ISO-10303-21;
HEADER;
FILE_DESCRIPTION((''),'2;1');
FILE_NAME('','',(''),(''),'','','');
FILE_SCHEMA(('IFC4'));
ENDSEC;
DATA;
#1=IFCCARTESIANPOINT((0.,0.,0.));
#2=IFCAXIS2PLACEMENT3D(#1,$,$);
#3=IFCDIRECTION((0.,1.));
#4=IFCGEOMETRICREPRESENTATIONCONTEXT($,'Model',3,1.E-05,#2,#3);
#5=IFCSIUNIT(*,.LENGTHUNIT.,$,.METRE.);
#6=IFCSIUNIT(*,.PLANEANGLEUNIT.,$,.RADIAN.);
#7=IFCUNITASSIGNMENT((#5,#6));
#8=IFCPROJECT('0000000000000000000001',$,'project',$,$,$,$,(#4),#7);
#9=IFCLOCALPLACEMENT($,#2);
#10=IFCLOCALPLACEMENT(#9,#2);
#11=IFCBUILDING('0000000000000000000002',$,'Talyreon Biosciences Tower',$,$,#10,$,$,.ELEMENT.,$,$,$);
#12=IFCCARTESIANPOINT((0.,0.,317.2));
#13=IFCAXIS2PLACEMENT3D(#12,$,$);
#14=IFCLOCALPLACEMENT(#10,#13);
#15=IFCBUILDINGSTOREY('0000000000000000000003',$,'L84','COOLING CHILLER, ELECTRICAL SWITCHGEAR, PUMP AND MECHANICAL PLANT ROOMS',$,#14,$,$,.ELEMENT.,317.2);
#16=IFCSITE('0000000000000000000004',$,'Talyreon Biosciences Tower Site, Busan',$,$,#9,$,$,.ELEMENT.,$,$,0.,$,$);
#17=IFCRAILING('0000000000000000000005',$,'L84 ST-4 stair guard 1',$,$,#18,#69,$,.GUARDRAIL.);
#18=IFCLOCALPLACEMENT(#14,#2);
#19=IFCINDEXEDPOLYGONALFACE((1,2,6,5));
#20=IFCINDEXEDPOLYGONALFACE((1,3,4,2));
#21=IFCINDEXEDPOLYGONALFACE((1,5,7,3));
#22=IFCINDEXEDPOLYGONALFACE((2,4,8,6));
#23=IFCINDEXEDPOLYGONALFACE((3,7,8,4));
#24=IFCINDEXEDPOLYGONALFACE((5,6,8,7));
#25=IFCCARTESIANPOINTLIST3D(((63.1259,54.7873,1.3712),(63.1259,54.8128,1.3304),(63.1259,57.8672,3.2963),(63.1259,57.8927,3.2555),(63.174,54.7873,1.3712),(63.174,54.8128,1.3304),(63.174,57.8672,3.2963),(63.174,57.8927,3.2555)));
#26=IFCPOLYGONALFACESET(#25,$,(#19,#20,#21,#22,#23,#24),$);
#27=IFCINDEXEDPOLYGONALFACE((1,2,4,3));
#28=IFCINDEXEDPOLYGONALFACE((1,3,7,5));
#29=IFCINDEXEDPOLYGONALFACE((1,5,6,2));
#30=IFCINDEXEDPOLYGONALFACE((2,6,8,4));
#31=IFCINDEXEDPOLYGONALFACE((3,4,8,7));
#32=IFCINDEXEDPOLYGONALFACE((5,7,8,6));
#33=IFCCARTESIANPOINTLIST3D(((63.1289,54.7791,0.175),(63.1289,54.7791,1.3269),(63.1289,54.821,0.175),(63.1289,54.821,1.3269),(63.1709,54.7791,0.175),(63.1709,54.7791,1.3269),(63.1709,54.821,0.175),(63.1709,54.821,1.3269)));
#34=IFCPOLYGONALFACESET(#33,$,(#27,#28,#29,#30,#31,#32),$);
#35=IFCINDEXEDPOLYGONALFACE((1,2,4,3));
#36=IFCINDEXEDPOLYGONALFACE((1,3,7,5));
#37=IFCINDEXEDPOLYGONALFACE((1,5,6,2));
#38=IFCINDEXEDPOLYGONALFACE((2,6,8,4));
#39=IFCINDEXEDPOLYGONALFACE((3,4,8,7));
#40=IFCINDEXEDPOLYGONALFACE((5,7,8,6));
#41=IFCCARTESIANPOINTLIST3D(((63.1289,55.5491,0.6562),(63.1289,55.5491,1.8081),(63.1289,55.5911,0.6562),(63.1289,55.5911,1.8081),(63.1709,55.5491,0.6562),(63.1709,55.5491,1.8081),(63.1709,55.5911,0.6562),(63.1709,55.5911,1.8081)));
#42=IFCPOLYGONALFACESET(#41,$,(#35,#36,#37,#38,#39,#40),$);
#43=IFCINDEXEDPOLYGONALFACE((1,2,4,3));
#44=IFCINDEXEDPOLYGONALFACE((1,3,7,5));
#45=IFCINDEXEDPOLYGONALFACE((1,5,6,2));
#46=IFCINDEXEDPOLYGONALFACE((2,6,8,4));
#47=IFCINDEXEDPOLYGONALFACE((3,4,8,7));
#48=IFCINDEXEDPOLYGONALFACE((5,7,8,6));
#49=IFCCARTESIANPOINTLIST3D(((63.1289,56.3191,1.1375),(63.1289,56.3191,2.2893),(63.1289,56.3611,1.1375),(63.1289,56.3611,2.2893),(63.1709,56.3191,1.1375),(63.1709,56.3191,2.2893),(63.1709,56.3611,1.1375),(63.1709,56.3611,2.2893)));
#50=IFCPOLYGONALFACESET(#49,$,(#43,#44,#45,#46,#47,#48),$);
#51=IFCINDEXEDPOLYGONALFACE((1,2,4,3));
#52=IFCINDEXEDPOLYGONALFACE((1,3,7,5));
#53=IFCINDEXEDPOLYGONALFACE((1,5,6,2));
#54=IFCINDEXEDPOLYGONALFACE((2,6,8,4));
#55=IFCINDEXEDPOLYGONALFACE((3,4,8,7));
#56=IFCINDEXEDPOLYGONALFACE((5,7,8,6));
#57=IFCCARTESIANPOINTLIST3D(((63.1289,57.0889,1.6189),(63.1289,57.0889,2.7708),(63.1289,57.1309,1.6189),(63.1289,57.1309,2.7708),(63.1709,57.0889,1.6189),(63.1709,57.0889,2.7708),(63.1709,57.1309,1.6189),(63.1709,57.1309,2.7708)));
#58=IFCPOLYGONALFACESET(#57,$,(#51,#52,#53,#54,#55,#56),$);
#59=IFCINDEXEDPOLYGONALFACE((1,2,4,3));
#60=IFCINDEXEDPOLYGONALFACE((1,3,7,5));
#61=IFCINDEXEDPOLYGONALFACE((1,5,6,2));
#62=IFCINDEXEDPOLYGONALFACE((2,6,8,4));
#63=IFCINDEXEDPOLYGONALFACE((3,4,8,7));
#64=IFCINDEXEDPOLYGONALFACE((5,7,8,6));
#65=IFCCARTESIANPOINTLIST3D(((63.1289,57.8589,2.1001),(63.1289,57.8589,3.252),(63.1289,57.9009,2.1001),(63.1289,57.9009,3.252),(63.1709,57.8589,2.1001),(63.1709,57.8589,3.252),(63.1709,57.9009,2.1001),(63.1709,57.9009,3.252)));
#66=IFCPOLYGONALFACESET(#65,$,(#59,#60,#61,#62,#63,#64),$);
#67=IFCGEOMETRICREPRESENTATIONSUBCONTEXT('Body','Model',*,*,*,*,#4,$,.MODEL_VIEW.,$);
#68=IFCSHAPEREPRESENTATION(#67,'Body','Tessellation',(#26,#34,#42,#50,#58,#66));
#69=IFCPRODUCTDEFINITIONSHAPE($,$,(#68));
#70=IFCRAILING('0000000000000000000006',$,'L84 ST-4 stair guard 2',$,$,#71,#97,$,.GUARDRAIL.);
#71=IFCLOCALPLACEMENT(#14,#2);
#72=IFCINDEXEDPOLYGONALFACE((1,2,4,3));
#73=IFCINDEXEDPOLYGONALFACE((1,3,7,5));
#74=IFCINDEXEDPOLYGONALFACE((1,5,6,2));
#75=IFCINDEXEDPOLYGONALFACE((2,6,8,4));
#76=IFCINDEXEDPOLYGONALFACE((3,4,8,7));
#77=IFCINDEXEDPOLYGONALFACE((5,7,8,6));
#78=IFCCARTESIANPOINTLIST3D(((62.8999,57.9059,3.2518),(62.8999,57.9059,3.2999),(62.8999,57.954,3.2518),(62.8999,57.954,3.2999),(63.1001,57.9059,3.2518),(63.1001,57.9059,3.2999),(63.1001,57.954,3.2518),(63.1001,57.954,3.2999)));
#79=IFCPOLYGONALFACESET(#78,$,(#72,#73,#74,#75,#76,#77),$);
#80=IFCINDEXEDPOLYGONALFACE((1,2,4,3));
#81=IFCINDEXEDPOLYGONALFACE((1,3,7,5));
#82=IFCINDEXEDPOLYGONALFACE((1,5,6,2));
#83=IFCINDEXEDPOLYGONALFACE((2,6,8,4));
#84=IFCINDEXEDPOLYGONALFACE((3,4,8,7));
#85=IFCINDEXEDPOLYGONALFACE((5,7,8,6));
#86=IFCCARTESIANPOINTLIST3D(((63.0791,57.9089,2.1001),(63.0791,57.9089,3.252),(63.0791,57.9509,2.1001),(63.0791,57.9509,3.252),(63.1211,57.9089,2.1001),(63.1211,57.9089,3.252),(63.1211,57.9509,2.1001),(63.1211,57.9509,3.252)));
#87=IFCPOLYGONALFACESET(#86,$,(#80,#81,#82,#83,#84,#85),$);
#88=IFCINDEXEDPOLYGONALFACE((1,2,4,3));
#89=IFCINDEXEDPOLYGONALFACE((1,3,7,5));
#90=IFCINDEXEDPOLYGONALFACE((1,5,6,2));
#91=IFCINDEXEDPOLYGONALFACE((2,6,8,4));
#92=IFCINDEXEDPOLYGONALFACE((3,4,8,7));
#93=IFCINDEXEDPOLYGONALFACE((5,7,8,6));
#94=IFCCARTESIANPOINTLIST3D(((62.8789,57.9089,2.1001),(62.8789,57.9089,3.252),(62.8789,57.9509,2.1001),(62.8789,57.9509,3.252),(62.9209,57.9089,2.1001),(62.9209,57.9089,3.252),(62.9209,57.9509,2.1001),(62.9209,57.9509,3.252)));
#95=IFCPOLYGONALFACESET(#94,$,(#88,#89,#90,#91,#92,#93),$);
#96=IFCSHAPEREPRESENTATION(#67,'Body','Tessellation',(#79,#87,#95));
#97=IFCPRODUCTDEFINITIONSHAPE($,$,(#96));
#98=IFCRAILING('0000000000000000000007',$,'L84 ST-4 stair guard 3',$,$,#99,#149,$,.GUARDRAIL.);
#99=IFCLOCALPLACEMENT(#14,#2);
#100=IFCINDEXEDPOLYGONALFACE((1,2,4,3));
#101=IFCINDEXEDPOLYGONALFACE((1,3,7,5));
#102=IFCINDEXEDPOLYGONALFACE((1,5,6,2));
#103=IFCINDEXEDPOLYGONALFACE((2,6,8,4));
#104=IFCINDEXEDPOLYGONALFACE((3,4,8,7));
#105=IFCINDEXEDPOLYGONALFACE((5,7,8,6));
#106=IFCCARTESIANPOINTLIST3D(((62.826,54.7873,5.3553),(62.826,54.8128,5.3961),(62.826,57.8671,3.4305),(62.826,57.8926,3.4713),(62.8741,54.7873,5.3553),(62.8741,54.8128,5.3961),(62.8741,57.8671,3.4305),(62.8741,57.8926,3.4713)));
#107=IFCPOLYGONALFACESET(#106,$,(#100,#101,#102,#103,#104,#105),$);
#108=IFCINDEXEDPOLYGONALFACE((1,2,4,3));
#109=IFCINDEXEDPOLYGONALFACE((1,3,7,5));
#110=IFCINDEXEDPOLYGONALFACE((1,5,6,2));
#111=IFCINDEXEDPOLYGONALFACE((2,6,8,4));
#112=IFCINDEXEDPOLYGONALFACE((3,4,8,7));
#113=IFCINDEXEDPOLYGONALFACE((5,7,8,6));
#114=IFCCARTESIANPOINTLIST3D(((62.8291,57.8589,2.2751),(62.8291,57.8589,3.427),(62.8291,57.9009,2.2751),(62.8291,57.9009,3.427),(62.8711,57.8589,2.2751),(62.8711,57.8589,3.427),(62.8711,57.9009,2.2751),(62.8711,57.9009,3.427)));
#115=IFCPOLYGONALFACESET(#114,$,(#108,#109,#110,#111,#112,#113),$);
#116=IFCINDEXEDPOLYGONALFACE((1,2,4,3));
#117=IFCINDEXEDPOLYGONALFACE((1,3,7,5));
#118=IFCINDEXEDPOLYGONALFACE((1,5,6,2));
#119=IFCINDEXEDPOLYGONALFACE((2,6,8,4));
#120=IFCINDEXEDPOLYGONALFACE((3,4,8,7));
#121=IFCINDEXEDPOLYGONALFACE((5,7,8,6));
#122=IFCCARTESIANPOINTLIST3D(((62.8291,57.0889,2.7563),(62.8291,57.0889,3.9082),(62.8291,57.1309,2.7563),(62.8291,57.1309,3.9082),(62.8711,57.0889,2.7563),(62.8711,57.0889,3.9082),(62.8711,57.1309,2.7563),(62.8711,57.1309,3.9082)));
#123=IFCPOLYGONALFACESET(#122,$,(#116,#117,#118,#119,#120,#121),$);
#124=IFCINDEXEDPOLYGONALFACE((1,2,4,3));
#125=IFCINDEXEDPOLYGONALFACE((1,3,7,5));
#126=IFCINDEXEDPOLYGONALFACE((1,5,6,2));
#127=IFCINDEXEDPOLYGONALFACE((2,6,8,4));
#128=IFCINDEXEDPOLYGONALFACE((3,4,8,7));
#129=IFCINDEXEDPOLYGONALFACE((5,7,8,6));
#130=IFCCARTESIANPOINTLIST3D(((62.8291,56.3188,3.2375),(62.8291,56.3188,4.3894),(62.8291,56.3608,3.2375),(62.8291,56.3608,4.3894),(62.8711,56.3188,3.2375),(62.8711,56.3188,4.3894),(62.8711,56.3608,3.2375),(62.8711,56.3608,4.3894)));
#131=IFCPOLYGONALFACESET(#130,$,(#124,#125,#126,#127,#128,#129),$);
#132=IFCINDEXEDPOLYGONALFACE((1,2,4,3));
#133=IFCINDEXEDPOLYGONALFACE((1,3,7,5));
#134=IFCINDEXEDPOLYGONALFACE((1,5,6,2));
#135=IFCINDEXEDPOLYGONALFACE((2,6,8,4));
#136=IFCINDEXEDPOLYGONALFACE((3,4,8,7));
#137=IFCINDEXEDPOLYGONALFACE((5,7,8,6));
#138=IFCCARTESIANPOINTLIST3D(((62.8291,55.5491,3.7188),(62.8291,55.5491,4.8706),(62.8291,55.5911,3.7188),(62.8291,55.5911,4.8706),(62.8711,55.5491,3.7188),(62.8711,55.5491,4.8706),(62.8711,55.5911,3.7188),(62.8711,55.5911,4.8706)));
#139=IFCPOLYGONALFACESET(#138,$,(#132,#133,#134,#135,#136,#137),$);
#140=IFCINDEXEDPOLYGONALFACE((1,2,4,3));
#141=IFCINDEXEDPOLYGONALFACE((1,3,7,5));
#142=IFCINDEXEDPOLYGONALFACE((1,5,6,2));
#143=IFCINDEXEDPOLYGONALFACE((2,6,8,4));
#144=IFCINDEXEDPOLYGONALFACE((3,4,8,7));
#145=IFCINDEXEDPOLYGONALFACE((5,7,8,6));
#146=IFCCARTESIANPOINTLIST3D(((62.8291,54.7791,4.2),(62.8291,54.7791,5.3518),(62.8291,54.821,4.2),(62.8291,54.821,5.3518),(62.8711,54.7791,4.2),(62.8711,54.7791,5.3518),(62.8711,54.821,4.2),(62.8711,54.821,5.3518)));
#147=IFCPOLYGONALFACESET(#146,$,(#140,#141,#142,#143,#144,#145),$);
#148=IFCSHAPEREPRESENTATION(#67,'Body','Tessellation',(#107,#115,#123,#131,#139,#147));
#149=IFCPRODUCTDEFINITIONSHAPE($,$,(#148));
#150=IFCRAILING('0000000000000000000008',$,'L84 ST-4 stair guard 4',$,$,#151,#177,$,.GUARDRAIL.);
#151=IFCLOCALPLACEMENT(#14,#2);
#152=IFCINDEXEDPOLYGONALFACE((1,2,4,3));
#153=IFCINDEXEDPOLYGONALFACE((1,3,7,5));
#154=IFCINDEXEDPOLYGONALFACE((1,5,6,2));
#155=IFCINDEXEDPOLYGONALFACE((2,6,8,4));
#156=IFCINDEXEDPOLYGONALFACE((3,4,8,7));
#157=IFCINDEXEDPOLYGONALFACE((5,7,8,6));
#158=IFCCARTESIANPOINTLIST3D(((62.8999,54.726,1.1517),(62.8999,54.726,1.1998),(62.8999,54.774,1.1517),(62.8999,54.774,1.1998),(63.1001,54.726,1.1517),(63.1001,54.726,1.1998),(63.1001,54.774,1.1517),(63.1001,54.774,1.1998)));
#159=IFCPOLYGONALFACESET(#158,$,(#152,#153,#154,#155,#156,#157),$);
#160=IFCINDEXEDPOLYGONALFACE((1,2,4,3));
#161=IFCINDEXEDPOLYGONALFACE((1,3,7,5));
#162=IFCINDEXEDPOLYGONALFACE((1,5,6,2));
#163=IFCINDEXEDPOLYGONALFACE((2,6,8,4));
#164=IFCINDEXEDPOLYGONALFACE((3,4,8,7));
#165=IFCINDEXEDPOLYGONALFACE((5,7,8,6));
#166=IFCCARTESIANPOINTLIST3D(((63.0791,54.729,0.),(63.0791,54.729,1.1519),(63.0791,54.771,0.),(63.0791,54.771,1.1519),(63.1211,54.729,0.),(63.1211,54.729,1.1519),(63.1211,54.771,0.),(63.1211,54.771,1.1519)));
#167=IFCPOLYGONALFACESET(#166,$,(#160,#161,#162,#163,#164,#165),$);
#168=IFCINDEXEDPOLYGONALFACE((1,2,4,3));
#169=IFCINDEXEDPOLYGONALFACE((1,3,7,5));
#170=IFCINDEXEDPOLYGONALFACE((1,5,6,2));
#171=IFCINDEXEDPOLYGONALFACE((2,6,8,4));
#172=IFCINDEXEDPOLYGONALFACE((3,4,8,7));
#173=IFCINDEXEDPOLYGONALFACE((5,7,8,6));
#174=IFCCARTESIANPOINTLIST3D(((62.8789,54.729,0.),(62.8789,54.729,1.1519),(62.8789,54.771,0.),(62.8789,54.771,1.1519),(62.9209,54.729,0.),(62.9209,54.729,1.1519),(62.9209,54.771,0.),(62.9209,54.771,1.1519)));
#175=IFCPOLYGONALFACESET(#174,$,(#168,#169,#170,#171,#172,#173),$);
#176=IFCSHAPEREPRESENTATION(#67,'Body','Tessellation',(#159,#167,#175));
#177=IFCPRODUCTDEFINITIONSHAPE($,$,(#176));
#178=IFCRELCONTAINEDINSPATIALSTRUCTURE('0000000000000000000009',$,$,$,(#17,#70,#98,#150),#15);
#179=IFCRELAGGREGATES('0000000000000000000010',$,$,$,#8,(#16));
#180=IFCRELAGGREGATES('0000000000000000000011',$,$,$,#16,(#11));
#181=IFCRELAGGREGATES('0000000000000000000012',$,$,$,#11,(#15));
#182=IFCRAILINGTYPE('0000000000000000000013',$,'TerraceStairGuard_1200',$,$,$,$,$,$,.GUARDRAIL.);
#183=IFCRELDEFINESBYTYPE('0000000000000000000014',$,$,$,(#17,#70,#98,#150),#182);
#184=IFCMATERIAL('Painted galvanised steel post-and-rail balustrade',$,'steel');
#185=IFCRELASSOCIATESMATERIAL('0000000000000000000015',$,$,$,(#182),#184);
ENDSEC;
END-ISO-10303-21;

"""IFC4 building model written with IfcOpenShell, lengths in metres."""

from ifc_helpers import new_model, si_unit, direction, frame, origin, origin_2d, place, context, subcontext, project, spatial, rectangle, extrude, material, type_object, element, save


model = new_model("IFC4")

# Units and contexts
model_context = context("Model", 3, precision=1e-05, world=origin(), true_north=direction((0.0, 1.0)))
body_context = subcontext(model_context, "Body", "Model", "MODEL_VIEW")
ifc_project = project(units=[si_unit("LENGTHUNIT", "METRE"), si_unit("PLANEANGLEUNIT", "RADIAN")], contexts=[model_context])

# Site, building, storey
site_placement = place(None, origin())
site = spatial("IfcSite", under=ifc_project, at=site_placement, Name="Talyreon Biosciences Tower Site, Busan", CompositionType="ELEMENT", RefElevation=0.0)
building_placement = place(site_placement, origin())
building = spatial("IfcBuilding", under=site, at=building_placement, Name="Talyreon Biosciences Tower", CompositionType="ELEMENT")
storey_placement = place(building_placement, frame((0.0, 0.0, 317.2)))
storey = spatial("IfcBuildingStorey", under=building, at=storey_placement, Name="L84", Description="COOLING CHILLER, ELECTRICAL SWITCHGEAR, PUMP AND MECHANICAL PLANT ROOMS", CompositionType="ELEMENT", Elevation=317.2)

# Railings
ifc_material_1 = material(Name="Painted galvanised steel post-and-rail balustrade", Category="steel")
railing_type_1 = type_object("IfcRailingType", Name="TerraceStairGuard_1200", PredefinedType="GUARDRAIL", material=ifc_material_1)
railing_1_placement = place(storey_placement, frame((63.1499, 54.8, 0.175)))
element("IfcRailing", 1, at=railing_1_placement, inside=storey, type_object=railing_type_1, Name="L84 ST-4 stair guard 1", PredefinedType="GUARDRAIL", context=body_context, shape_type="SweptSolid", body=[
    extrude(rectangle(XDim=0.0481, YDim=0.0481, at=origin_2d()), frame((0.0, 0.0, 1.1758), z_axis=(0.0, 0.847979, 0.530029), x_axis=(-1.0, 0.0, 0.0)), (0.0, 0.0, 1.0), 3.6321),
    extrude(rectangle(XDim=0.042, YDim=0.042, at=origin_2d()), origin(), (0.0, 0.0, 1.0), 1.1519),
    extrude(rectangle(XDim=0.042, YDim=0.042, at=origin_2d()), frame((0.0, 0.77, 0.4812)), (0.0, 0.0, 1.0), 1.1519),
    extrude(rectangle(XDim=0.042, YDim=0.042, at=origin_2d()), frame((0.0, 1.54, 0.9624)), (0.0, 0.0, 1.0), 1.1519),
    extrude(rectangle(XDim=0.042, YDim=0.042, at=origin_2d()), frame((0.0, 2.3098, 1.4438)), (0.0, 0.0, 1.0), 1.1519),
    extrude(rectangle(XDim=0.042, YDim=0.042, at=origin_2d()), frame((0.0, 3.0798, 1.925)), (0.0, 0.0, 1.0), 1.1519),
])
railing_2_placement = place(storey_placement, frame((63.1001, 57.9299, 2.1001)))
element("IfcRailing", 2, at=railing_2_placement, inside=storey, type_object=railing_type_1, Name="L84 ST-4 stair guard 2", PredefinedType="GUARDRAIL", context=body_context, shape_type="SweptSolid", body=[
    extrude(rectangle(XDim=0.0481, YDim=0.0481, at=origin_2d()), frame((0.0, 0.0, 1.1758), z_axis=(-1.0, 0.0, 0.0), x_axis=(0.0, -1.0, 0.0)), (0.0, 0.0, 1.0), 0.2002),
    extrude(rectangle(XDim=0.042, YDim=0.042, at=origin_2d()), origin(), (0.0, 0.0, 1.0), 1.1519),
    extrude(rectangle(XDim=0.042, YDim=0.042, at=origin_2d()), frame((-0.2002, 0.0, 0.0)), (0.0, 0.0, 1.0), 1.1519),
])
railing_3_placement = place(storey_placement, frame((62.8501, 57.8799, 2.2751)))
element("IfcRailing", 3, at=railing_3_placement, inside=storey, type_object=railing_type_1, Name="L84 ST-4 stair guard 3", PredefinedType="GUARDRAIL", context=body_context, shape_type="SweptSolid", body=[
    extrude(rectangle(XDim=0.0481, YDim=0.0481, at=origin_2d()), frame((0.0, 0.0, 1.1758), z_axis=(0.0, -0.84801, 0.529981), x_axis=(1.0, 0.0, 0.0)), (0.0, 0.0, 1.0), 3.6318),
    extrude(rectangle(XDim=0.042, YDim=0.042, at=origin_2d()), origin(), (0.0, 0.0, 1.0), 1.1519),
    extrude(rectangle(XDim=0.042, YDim=0.042, at=origin_2d()), frame((0.0, -0.77, 0.4812)), (0.0, 0.0, 1.0), 1.1519),
    extrude(rectangle(XDim=0.042, YDim=0.042, at=origin_2d()), frame((0.0, -1.54, 0.9624)), (0.0, 0.0, 1.0), 1.1519),
    extrude(rectangle(XDim=0.042, YDim=0.042, at=origin_2d()), frame((0.0, -2.3098, 1.4436)), (0.0, 0.0, 1.0), 1.1519),
    extrude(rectangle(XDim=0.042, YDim=0.042, at=origin_2d()), frame((0.0, -3.0798, 1.9248)), (0.0, 0.0, 1.0), 1.1519),
])
railing_4_placement = place(storey_placement, frame((63.1001, 54.75, 0.0)))
element("IfcRailing", 4, at=railing_4_placement, inside=storey, type_object=railing_type_1, Name="L84 ST-4 stair guard 4", PredefinedType="GUARDRAIL", context=body_context, shape_type="SweptSolid", body=[
    extrude(rectangle(XDim=0.0481, YDim=0.0481, at=origin_2d()), frame((0.0, 0.0, 1.1758), z_axis=(-1.0, 0.0, 0.0), x_axis=(0.0, -1.0, 0.0)), (0.0, 0.0, 1.0), 0.2002),
    extrude(rectangle(XDim=0.042, YDim=0.042, at=origin_2d()), origin(), (0.0, 0.0, 1.0), 1.1519),
    extrude(rectangle(XDim=0.042, YDim=0.042, at=origin_2d()), frame((-0.2002, 0.0, 0.0)), (0.0, 0.0, 1.0), 1.1519),
])

save(model, "model.ifc")
